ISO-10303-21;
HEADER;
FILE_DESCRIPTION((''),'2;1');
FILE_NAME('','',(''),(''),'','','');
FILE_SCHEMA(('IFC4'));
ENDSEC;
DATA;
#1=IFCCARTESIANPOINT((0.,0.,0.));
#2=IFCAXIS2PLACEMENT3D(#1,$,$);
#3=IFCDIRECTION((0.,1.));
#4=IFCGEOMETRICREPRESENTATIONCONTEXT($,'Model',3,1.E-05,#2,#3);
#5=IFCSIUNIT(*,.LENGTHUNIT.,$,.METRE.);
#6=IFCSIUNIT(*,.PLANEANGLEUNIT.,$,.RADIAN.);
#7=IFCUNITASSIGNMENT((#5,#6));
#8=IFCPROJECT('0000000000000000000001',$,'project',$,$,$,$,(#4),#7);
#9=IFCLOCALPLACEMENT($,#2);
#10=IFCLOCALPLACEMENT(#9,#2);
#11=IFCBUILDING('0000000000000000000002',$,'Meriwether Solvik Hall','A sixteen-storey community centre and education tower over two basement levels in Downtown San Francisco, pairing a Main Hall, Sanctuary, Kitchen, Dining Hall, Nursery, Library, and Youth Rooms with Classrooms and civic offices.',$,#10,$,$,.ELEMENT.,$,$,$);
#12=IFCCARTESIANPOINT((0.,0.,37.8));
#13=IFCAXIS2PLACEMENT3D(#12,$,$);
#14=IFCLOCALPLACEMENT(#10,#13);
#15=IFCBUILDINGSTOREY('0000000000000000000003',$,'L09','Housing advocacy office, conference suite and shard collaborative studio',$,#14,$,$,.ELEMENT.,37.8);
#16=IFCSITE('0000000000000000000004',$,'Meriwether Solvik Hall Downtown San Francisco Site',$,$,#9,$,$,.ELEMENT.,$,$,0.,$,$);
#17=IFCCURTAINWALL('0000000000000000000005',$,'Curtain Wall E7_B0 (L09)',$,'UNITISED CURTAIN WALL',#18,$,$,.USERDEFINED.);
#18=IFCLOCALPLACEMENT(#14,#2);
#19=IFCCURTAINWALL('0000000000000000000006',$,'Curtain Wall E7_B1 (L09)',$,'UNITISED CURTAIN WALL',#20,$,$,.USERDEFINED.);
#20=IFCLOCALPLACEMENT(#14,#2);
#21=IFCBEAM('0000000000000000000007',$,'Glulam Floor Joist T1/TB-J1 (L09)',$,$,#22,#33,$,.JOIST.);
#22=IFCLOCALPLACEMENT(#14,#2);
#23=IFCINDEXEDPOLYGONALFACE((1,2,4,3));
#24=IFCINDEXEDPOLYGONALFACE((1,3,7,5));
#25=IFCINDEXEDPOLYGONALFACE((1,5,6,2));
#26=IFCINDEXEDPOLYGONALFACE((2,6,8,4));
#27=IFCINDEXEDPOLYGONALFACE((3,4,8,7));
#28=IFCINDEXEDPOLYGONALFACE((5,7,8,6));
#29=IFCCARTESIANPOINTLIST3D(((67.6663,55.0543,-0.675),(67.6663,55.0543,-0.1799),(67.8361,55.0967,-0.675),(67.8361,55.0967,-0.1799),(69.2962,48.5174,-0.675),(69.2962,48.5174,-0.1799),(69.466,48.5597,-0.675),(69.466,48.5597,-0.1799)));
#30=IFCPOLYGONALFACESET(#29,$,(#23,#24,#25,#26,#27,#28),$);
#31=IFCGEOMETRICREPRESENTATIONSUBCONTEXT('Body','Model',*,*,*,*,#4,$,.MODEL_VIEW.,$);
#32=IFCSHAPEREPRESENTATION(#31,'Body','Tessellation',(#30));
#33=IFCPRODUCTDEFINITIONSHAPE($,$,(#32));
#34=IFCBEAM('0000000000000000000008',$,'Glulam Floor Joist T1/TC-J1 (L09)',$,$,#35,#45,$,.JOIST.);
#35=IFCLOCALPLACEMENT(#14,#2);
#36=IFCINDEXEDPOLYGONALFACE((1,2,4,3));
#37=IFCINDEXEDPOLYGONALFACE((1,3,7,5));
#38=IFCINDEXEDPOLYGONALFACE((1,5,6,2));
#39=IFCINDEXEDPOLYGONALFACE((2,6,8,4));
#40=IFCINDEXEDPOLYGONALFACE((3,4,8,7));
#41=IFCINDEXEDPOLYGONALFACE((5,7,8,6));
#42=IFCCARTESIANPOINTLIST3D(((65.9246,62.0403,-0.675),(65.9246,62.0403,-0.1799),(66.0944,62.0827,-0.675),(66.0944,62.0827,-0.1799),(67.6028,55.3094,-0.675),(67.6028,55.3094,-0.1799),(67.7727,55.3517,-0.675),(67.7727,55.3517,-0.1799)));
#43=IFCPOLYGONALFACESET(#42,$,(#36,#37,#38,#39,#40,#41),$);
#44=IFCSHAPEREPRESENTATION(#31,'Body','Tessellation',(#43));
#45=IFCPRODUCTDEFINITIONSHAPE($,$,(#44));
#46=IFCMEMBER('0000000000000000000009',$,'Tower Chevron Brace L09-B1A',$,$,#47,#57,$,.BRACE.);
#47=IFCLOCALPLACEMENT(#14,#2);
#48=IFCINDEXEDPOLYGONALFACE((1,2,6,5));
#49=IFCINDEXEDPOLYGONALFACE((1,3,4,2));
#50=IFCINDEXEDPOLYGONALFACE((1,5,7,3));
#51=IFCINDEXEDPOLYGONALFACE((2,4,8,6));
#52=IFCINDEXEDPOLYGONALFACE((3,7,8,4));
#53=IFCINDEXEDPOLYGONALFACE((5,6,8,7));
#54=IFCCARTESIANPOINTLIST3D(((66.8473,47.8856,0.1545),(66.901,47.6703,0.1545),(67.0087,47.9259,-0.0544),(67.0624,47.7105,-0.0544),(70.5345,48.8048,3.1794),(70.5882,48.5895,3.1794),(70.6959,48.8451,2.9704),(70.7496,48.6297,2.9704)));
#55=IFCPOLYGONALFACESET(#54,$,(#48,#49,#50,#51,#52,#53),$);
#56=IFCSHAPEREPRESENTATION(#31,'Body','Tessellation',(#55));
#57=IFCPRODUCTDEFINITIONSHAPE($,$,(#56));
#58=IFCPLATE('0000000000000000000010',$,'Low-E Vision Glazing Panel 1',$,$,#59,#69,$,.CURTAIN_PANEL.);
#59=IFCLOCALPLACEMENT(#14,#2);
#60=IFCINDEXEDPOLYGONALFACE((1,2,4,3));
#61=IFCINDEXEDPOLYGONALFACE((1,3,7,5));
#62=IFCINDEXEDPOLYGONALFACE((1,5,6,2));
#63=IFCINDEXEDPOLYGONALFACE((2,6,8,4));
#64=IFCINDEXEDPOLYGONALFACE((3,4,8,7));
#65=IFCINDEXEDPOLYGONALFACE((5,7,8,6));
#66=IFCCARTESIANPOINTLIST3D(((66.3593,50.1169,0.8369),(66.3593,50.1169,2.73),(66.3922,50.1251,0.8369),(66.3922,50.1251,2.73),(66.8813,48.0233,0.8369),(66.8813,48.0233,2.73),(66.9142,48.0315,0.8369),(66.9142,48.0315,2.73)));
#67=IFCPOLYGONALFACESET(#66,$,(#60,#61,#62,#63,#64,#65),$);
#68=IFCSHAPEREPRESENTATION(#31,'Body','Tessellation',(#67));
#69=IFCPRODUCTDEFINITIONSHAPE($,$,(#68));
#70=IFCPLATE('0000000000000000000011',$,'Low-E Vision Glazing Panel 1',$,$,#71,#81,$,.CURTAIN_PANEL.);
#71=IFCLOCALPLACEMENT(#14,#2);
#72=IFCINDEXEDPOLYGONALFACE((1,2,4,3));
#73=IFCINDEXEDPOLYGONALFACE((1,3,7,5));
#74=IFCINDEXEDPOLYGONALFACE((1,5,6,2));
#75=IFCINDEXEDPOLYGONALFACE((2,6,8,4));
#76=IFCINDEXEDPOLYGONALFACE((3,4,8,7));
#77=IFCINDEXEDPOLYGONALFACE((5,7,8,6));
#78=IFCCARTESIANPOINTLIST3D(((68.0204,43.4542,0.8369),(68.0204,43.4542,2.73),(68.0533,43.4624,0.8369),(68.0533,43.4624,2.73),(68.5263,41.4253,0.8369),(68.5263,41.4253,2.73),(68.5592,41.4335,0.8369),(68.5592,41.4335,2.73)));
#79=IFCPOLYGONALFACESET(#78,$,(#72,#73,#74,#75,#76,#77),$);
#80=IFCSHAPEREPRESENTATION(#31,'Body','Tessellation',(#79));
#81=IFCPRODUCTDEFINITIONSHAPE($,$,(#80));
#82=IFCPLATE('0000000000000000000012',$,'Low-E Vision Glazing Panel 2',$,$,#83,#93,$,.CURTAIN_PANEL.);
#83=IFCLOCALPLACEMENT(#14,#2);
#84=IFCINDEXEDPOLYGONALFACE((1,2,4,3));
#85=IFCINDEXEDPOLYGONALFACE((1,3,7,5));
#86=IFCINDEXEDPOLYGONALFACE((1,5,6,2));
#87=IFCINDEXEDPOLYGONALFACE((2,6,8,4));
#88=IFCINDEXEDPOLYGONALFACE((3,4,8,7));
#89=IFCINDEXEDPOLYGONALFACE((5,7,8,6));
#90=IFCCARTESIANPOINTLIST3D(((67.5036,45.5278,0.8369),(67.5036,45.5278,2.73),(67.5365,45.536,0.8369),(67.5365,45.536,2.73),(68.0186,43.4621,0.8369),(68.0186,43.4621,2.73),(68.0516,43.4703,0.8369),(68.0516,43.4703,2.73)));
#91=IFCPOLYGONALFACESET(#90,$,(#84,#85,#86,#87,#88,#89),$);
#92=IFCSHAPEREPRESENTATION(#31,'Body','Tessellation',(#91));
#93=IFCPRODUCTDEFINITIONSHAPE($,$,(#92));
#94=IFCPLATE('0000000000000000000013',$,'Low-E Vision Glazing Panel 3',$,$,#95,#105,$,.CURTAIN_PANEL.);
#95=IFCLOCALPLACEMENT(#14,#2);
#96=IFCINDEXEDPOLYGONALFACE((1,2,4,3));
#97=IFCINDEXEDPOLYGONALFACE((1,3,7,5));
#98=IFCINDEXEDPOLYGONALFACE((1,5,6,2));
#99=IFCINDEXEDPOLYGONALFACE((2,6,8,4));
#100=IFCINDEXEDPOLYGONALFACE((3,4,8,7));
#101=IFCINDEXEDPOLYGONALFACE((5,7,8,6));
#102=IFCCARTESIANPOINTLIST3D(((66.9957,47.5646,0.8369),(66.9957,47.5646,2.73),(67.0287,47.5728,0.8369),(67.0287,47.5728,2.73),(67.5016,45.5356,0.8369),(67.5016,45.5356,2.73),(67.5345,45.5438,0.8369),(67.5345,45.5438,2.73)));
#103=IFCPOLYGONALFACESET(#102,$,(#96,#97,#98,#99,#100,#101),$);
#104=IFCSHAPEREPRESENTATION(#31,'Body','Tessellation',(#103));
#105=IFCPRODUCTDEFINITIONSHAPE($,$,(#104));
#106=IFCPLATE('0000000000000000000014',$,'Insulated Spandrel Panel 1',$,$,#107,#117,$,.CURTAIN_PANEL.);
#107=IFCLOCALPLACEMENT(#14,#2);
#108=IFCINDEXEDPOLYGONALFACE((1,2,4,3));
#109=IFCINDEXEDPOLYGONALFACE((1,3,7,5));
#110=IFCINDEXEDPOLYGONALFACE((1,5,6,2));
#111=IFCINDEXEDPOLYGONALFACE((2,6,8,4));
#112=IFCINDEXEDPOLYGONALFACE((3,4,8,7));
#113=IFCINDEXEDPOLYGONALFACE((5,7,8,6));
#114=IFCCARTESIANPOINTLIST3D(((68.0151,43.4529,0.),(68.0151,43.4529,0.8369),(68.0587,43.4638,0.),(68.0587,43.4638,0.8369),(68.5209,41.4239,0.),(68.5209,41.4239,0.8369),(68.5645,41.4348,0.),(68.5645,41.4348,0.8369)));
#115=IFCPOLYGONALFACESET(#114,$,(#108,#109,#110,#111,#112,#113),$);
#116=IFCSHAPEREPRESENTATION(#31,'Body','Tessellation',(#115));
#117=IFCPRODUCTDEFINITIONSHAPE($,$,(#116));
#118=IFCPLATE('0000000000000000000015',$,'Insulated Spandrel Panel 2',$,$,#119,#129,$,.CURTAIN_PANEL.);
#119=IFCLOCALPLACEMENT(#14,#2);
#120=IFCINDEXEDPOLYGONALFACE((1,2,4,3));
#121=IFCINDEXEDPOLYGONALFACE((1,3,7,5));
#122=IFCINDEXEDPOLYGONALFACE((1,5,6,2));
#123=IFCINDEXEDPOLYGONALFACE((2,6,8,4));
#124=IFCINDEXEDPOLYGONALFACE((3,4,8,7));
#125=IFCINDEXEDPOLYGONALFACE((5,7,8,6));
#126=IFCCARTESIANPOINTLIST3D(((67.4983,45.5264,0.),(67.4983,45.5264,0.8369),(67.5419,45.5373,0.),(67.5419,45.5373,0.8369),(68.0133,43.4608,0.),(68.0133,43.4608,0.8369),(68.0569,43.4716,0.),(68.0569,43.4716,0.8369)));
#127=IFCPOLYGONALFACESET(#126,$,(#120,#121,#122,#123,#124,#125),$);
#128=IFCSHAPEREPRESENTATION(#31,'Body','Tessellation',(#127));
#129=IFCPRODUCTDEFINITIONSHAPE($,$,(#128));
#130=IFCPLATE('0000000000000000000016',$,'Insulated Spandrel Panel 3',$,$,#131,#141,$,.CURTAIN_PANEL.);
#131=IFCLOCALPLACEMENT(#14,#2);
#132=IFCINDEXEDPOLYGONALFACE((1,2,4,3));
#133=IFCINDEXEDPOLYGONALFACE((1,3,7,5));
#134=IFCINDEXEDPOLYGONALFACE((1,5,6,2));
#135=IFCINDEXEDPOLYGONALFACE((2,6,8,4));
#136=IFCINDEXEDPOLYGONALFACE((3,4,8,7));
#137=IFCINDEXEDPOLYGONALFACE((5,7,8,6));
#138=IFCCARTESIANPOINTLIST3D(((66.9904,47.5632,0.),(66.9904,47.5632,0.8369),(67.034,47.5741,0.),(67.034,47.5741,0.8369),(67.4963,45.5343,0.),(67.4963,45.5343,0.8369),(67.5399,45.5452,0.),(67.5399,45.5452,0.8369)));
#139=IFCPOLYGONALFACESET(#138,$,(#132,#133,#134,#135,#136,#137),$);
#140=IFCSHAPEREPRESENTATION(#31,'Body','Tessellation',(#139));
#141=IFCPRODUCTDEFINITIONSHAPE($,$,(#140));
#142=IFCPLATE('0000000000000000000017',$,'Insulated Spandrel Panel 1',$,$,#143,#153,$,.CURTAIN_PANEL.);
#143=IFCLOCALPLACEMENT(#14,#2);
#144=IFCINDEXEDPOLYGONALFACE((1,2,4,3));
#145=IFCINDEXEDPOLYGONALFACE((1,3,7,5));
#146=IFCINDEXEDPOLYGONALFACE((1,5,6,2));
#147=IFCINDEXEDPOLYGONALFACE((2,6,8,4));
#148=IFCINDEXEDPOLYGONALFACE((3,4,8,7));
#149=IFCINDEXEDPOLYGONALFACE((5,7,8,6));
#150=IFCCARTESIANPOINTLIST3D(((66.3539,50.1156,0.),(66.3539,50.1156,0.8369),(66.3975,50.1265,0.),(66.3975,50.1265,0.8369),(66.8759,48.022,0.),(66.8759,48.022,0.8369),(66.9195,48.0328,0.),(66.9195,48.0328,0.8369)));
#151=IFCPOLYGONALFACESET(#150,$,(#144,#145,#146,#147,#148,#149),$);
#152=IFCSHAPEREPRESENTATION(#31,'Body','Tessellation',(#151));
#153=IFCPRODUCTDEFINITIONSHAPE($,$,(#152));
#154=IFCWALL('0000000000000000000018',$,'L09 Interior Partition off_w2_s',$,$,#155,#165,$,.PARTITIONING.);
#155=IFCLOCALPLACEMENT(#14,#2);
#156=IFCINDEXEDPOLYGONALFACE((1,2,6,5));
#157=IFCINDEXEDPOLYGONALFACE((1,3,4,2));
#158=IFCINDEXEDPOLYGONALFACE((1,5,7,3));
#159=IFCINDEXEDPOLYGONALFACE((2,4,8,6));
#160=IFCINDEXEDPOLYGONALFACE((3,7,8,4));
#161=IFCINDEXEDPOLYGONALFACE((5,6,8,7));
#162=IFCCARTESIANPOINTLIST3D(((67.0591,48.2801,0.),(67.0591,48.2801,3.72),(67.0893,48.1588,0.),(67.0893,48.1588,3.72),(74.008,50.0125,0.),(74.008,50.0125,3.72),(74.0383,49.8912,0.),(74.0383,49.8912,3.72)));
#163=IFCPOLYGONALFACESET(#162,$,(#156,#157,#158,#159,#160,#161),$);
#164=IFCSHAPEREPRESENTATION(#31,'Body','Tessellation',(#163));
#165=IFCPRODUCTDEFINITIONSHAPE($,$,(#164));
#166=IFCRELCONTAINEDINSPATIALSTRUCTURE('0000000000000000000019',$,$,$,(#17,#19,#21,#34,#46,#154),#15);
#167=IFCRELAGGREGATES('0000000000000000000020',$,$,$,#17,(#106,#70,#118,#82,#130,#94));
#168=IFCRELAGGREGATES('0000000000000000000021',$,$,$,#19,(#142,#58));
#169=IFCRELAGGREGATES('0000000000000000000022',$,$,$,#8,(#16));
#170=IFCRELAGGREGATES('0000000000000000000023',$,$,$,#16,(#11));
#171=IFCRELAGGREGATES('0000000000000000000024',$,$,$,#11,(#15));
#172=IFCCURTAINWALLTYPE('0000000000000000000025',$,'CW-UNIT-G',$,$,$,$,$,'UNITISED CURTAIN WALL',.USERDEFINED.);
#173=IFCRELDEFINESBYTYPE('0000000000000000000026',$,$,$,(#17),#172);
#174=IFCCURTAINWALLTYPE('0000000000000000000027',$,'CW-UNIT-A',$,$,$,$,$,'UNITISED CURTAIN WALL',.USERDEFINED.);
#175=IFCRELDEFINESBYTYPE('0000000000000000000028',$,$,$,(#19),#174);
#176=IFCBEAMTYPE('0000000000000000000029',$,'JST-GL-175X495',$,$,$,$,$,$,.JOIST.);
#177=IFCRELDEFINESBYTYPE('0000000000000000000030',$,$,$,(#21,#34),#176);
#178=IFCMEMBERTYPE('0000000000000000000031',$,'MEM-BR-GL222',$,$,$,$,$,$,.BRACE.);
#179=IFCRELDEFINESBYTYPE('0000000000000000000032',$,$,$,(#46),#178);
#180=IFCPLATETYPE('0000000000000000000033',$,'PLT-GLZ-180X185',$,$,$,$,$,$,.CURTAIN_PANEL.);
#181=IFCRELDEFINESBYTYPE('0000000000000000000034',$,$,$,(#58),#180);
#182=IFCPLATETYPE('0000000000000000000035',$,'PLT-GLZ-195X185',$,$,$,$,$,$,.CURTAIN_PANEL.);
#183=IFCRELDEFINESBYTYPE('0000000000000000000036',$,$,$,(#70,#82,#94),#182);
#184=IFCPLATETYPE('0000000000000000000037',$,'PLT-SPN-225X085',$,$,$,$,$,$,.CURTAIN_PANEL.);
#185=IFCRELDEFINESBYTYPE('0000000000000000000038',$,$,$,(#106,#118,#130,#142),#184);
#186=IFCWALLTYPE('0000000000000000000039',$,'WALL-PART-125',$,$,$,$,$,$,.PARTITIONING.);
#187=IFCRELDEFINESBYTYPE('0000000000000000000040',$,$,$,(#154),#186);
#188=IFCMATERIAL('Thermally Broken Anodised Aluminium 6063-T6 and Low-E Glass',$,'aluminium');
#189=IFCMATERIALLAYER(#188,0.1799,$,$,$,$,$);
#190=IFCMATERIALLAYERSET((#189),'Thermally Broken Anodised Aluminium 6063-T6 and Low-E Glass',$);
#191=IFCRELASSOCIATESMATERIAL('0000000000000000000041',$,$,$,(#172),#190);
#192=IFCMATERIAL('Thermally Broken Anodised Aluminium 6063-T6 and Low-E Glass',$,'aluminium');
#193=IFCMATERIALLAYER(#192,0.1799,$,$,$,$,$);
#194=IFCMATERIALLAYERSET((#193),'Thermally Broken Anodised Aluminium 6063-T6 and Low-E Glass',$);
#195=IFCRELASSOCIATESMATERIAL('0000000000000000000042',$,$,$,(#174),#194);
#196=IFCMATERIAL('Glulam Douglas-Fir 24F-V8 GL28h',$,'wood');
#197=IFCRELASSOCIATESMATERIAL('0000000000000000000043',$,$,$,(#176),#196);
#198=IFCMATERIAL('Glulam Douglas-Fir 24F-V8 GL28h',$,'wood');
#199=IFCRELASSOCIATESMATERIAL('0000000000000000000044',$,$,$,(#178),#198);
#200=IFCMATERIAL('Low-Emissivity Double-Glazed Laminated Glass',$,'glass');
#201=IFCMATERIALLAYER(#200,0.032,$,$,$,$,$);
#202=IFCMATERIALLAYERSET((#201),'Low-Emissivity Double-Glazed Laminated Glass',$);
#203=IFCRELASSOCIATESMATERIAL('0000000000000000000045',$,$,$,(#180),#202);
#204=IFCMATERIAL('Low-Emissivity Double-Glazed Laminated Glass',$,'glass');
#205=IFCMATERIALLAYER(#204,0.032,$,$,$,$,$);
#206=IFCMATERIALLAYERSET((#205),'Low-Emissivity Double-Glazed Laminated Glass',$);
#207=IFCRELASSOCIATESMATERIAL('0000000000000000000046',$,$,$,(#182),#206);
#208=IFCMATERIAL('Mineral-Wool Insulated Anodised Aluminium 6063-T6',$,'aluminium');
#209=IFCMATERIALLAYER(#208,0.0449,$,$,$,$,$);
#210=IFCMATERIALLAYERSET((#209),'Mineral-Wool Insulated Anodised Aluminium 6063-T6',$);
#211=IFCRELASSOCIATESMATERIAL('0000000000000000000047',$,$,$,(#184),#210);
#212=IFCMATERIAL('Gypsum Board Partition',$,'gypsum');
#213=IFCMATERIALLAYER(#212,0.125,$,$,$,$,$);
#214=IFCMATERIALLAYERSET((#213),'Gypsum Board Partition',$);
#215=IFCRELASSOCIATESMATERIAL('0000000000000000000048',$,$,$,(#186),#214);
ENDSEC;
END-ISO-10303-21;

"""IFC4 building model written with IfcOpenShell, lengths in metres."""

from ifc_helpers import new_model, si_unit, direction, frame, frame_2d, origin, origin_2d, place, context, subcontext, project, spatial, rectangle, extrude, material, layer, layer_set, material_profile, profile_set, type_object, element, aggregate, save


model = new_model("IFC4")

# Units and contexts
model_context = context("Model", 3, precision=1e-05, world=origin(), true_north=direction((0.0, 1.0)))
body_context = subcontext(model_context, "Body", "Model", "MODEL_VIEW")
ifc_project = project(units=[si_unit("LENGTHUNIT", "METRE"), si_unit("PLANEANGLEUNIT", "RADIAN")], contexts=[model_context])

# Site, building, storey
site_placement = place(None, origin())
site = spatial("IfcSite", under=ifc_project, at=site_placement, Name="Meriwether Solvik Hall Downtown San Francisco Site", CompositionType="ELEMENT", RefElevation=0.0)
building_placement = place(site_placement, origin())
building = spatial("IfcBuilding", under=site, at=building_placement, Name="Meriwether Solvik Hall", Description="A sixteen-storey community centre and education tower over two basement levels in Downtown San Francisco, pairing a Main Hall, Sanctuary, Kitchen, Dining Hall, Nursery, Library, and Youth Rooms with Classrooms and civic offices.", CompositionType="ELEMENT")
storey_placement = place(building_placement, frame((0.0, 0.0, 37.8)))
storey = spatial("IfcBuildingStorey", under=building, at=storey_placement, Name="L09", Description="Housing advocacy office, conference suite and shard collaborative studio", CompositionType="ELEMENT", Elevation=37.8)

# Curtain wall
ifc_material_1 = material(Name="Thermally Broken Anodised Aluminium 6063-T6 and Low-E Glass", Category="aluminium")
ifc_layer_1 = layer(ifc_material_1, 0.1799)
ifc_layer_set_1 = layer_set([ifc_layer_1], Name="Thermally Broken Anodised Aluminium 6063-T6 and Low-E Glass")
curtain_wall_type_1 = type_object("IfcCurtainWallType", Name="CW-UNIT-G", ElementType="UNITISED CURTAIN WALL", PredefinedType="USERDEFINED", material=ifc_layer_set_1)
curtain_wall_1_placement = place(storey_placement, origin())
curtain_wall_1 = element("IfcCurtainWall", 1, at=curtain_wall_1_placement, inside=storey, type_object=curtain_wall_type_1, Name="Curtain Wall E7_B0 (L09)", ObjectType="UNITISED CURTAIN WALL", PredefinedType="USERDEFINED")

# Curtain wall
ifc_material_2 = material(Name="Thermally Broken Anodised Aluminium 6063-T6 and Low-E Glass", Category="aluminium")
ifc_layer_2 = layer(ifc_material_2, 0.1799)
ifc_layer_set_2 = layer_set([ifc_layer_2], Name="Thermally Broken Anodised Aluminium 6063-T6 and Low-E Glass")
curtain_wall_type_2 = type_object("IfcCurtainWallType", Name="CW-UNIT-A", ElementType="UNITISED CURTAIN WALL", PredefinedType="USERDEFINED", material=ifc_layer_set_2)
curtain_wall_2_placement = place(storey_placement, origin())
curtain_wall_2 = element("IfcCurtainWall", 2, at=curtain_wall_2_placement, inside=storey, type_object=curtain_wall_type_2, Name="Curtain Wall E7_B1 (L09)", ObjectType="UNITISED CURTAIN WALL", PredefinedType="USERDEFINED")

# Beams
ifc_material_3 = material(Name="Glulam Douglas-Fir 24F-V8 GL28h", Category="wood")
ifc_material_profile_1 = material_profile(ifc_material_3, rectangle(XDim=0.175, YDim=0.4951, at=origin_2d()), Name="GLJ-175X495")
ifc_profile_set_1 = profile_set([ifc_material_profile_1], Name="Glulam Douglas-Fir 24F-V8 GL28h")
beam_type_1 = type_object("IfcBeamType", Name="JST-GL-175X495", PredefinedType="JOIST", material=ifc_profile_set_1)
beam_1_placement = place(storey_placement, frame((69.3811, 48.5386, -0.4275), z_axis=(-0.24193, 0.970294, 0.0), x_axis=(-0.970294, -0.24193, 0.0)))
element("IfcBeam", 3, at=beam_1_placement, inside=storey, type_object=beam_type_1, Name="Glulam Floor Joist T1/TB-J1 (L09)", PredefinedType="JOIST", context=body_context, shape_type="SweptSolid", body=[
    extrude(rectangle(XDim=0.175, YDim=0.4951, at=origin_2d()), origin(), (0.0, 0.0, 1.0), 6.7371),
])
beam_2_placement = place(storey_placement, frame((67.6877, 55.3306, -0.4275), z_axis=(-0.241923, 0.970296, 0.0), x_axis=(-0.970296, -0.241923, 0.0)))
element("IfcBeam", 4, at=beam_2_placement, inside=storey, type_object=beam_type_1, Name="Glulam Floor Joist T1/TC-J1 (L09)", PredefinedType="JOIST", context=body_context, shape_type="SweptSolid", body=[
    extrude(rectangle(XDim=0.175, YDim=0.4951, at=origin_2d()), origin(), (0.0, 0.0, 1.0), 6.937),
])

# Member
ifc_material_4 = material(Name="Glulam Douglas-Fir 24F-V8 GL28h", Category="wood")
ifc_material_profile_2 = material_profile(ifc_material_4, rectangle(XDim=0.2219, YDim=0.2671, at=origin_2d()), Name="GLM-222X267")
ifc_profile_set_2 = profile_set([ifc_material_profile_2], Name="Glulam Douglas-Fir 24F-V8 GL28h")
member_type_1 = type_object("IfcMemberType", Name="MEM-BR-GL222", PredefinedType="BRACE", material=ifc_profile_set_2)
member_1_placement = place(storey_placement, frame((66.9548, 47.7981, 0.05), z_axis=(0.759158, 0.189249, 0.622788), x_axis=(-0.241886, 0.970305, 0.0)))
element("IfcMember", 5, at=member_1_placement, inside=storey, type_object=member_type_1, Name="Tower Chevron Brace L09-B1A", PredefinedType="BRACE", context=body_context, shape_type="SweptSolid", body=[
    extrude(rectangle(XDim=0.2219, YDim=0.2671, at=origin_2d()), origin(), (0.0, 0.0, 1.0), 4.8569),
])

# Plates
ifc_material_5 = material(Name="Low-Emissivity Double-Glazed Laminated Glass", Category="glass")
ifc_layer_3 = layer(ifc_material_5, 0.032)
ifc_layer_set_3 = layer_set([ifc_layer_3], Name="Low-Emissivity Double-Glazed Laminated Glass")
plate_type_1 = type_object("IfcPlateType", Name="PLT-GLZ-180X185", PredefinedType="CURTAIN_PANEL", material=ifc_layer_set_3)
plate_1_placement = place(storey_placement, frame((66.6367, 49.0742, 0.8369), z_axis=(0.0, 0.0, 1.0), x_axis=(-0.241922, 0.970296, 0.0)))
plate_1 = element("IfcPlate", 6, at=plate_1_placement, type_object=plate_type_1, Name="Low-E Vision Glazing Panel 1", PredefinedType="CURTAIN_PANEL", context=body_context, shape_type="SweptSolid", body=[
    extrude(rectangle(XDim=2.1577, YDim=0.0339, at=origin_2d()), origin(), (0.0, 0.0, 1.0), 1.8931),
])
ifc_material_6 = material(Name="Low-Emissivity Double-Glazed Laminated Glass", Category="glass")
ifc_layer_4 = layer(ifc_material_6, 0.032)
ifc_layer_set_4 = layer_set([ifc_layer_4], Name="Low-Emissivity Double-Glazed Laminated Glass")
plate_type_2 = type_object("IfcPlateType", Name="PLT-GLZ-195X185", PredefinedType="CURTAIN_PANEL", material=ifc_layer_set_4)
plate_2_placement = place(storey_placement, frame((68.2898, 42.4438, 0.8369), z_axis=(0.0, 0.0, 1.0), x_axis=(-0.241922, 0.970296, 0.0)))
plate_2 = element("IfcPlate", 7, at=plate_2_placement, type_object=plate_type_2, Name="Low-E Vision Glazing Panel 1", PredefinedType="CURTAIN_PANEL", context=body_context, shape_type="SweptSolid", body=[
    extrude(rectangle(XDim=2.0911, YDim=0.0339, at=origin_2d()), origin(), (0.0, 0.0, 1.0), 1.8931),
])
plate_3_placement = place(storey_placement, frame((67.7776, 44.499, 0.8369), z_axis=(0.0, 0.0, 1.0), x_axis=(-0.241922, 0.970296, 0.0)))
plate_3 = element("IfcPlate", 8, at=plate_3_placement, type_object=plate_type_2, Name="Low-E Vision Glazing Panel 2", PredefinedType="CURTAIN_PANEL", context=body_context, shape_type="SweptSolid", body=[
    extrude(rectangle(XDim=2.1289, YDim=0.0339, at=origin_2d()), origin(), (0.0, 0.0, 1.0), 1.8931),
])
plate_4_placement = place(storey_placement, frame((67.2651, 46.5542, 0.8369), z_axis=(0.0, 0.0, 1.0), x_axis=(-0.241922, 0.970296, 0.0)))
plate_4 = element("IfcPlate", 9, at=plate_4_placement, type_object=plate_type_2, Name="Low-E Vision Glazing Panel 3", PredefinedType="CURTAIN_PANEL", context=body_context, shape_type="SweptSolid", body=[
    extrude(rectangle(XDim=2.0911, YDim=0.0339, at=origin_2d()), origin(), (0.0, 0.0, 1.0), 1.8931),
])
ifc_material_7 = material(Name="Mineral-Wool Insulated Anodised Aluminium 6063-T6", Category="aluminium")
ifc_layer_5 = layer(ifc_material_7, 0.0449)
ifc_layer_set_5 = layer_set([ifc_layer_5], Name="Mineral-Wool Insulated Anodised Aluminium 6063-T6")
plate_type_3 = type_object("IfcPlateType", Name="PLT-SPN-225X085", PredefinedType="CURTAIN_PANEL", material=ifc_layer_set_5)
plate_5_placement = place(storey_placement, frame((68.2898, 42.4438, 0.0), z_axis=(0.0, 0.0, 1.0), x_axis=(-0.241922, 0.970296, 0.0)))
plate_5 = element("IfcPlate", 10, at=plate_5_placement, type_object=plate_type_3, Name="Insulated Spandrel Panel 1", PredefinedType="CURTAIN_PANEL", context=body_context, shape_type="SweptSolid", body=[
    extrude(rectangle(XDim=2.0911, YDim=0.0449, at=origin_2d()), origin(), (0.0, 0.0, 1.0), 0.8369),
])
plate_6_placement = place(storey_placement, frame((67.7776, 44.499, 0.0), z_axis=(0.0, 0.0, 1.0), x_axis=(-0.241922, 0.970296, 0.0)))
plate_6 = element("IfcPlate", 11, at=plate_6_placement, type_object=plate_type_3, Name="Insulated Spandrel Panel 2", PredefinedType="CURTAIN_PANEL", context=body_context, shape_type="SweptSolid", body=[
    extrude(rectangle(XDim=2.1289, YDim=0.0449, at=origin_2d()), origin(), (0.0, 0.0, 1.0), 0.8369),
])
plate_7_placement = place(storey_placement, frame((67.2651, 46.5542, 0.0), z_axis=(0.0, 0.0, 1.0), x_axis=(-0.241922, 0.970296, 0.0)))
plate_7 = element("IfcPlate", 12, at=plate_7_placement, type_object=plate_type_3, Name="Insulated Spandrel Panel 3", PredefinedType="CURTAIN_PANEL", context=body_context, shape_type="SweptSolid", body=[
    extrude(rectangle(XDim=2.0911, YDim=0.0449, at=origin_2d()), origin(), (0.0, 0.0, 1.0), 0.8369),
])
aggregate(curtain_wall_1, [plate_5, plate_2, plate_6, plate_3, plate_7, plate_4])
plate_8_placement = place(storey_placement, frame((66.6367, 49.0742, 0.0), z_axis=(0.0, 0.0, 1.0), x_axis=(-0.241922, 0.970296, 0.0)))
plate_8 = element("IfcPlate", 13, at=plate_8_placement, type_object=plate_type_3, Name="Insulated Spandrel Panel 1", PredefinedType="CURTAIN_PANEL", context=body_context, shape_type="SweptSolid", body=[
    extrude(rectangle(XDim=2.1577, YDim=0.0449, at=origin_2d()), origin(), (0.0, 0.0, 1.0), 0.8369),
])
aggregate(curtain_wall_2, [plate_8, plate_1])

# Wall
ifc_material_8 = material(Name="Gypsum Board Partition", Category="gypsum")
ifc_layer_6 = layer(ifc_material_8, 0.125)
ifc_layer_set_6 = layer_set([ifc_layer_6], Name="Gypsum Board Partition")
wall_type = type_object("IfcWallType", Name="WALL-PART-125", PredefinedType="PARTITIONING", material=ifc_layer_set_6)
wall_placement = place(storey_placement, frame((67.0742, 48.2195, 0.0), z_axis=(0.0, 0.0, 1.0), x_axis=(0.970301, 0.241902, 0.0)))
element("IfcWall", 14, at=wall_placement, inside=storey, type_object=wall_type, Name="L09 Interior Partition off_w2_s", PredefinedType="PARTITIONING", context=body_context, shape_type="SweptSolid", body=[
    extrude(rectangle(XDim=7.1616, YDim=0.125, at=frame_2d((3.5808, 0.0))), origin(), (0.0, 0.0, 1.0), 3.72),
])

save(model, "model.ifc")
